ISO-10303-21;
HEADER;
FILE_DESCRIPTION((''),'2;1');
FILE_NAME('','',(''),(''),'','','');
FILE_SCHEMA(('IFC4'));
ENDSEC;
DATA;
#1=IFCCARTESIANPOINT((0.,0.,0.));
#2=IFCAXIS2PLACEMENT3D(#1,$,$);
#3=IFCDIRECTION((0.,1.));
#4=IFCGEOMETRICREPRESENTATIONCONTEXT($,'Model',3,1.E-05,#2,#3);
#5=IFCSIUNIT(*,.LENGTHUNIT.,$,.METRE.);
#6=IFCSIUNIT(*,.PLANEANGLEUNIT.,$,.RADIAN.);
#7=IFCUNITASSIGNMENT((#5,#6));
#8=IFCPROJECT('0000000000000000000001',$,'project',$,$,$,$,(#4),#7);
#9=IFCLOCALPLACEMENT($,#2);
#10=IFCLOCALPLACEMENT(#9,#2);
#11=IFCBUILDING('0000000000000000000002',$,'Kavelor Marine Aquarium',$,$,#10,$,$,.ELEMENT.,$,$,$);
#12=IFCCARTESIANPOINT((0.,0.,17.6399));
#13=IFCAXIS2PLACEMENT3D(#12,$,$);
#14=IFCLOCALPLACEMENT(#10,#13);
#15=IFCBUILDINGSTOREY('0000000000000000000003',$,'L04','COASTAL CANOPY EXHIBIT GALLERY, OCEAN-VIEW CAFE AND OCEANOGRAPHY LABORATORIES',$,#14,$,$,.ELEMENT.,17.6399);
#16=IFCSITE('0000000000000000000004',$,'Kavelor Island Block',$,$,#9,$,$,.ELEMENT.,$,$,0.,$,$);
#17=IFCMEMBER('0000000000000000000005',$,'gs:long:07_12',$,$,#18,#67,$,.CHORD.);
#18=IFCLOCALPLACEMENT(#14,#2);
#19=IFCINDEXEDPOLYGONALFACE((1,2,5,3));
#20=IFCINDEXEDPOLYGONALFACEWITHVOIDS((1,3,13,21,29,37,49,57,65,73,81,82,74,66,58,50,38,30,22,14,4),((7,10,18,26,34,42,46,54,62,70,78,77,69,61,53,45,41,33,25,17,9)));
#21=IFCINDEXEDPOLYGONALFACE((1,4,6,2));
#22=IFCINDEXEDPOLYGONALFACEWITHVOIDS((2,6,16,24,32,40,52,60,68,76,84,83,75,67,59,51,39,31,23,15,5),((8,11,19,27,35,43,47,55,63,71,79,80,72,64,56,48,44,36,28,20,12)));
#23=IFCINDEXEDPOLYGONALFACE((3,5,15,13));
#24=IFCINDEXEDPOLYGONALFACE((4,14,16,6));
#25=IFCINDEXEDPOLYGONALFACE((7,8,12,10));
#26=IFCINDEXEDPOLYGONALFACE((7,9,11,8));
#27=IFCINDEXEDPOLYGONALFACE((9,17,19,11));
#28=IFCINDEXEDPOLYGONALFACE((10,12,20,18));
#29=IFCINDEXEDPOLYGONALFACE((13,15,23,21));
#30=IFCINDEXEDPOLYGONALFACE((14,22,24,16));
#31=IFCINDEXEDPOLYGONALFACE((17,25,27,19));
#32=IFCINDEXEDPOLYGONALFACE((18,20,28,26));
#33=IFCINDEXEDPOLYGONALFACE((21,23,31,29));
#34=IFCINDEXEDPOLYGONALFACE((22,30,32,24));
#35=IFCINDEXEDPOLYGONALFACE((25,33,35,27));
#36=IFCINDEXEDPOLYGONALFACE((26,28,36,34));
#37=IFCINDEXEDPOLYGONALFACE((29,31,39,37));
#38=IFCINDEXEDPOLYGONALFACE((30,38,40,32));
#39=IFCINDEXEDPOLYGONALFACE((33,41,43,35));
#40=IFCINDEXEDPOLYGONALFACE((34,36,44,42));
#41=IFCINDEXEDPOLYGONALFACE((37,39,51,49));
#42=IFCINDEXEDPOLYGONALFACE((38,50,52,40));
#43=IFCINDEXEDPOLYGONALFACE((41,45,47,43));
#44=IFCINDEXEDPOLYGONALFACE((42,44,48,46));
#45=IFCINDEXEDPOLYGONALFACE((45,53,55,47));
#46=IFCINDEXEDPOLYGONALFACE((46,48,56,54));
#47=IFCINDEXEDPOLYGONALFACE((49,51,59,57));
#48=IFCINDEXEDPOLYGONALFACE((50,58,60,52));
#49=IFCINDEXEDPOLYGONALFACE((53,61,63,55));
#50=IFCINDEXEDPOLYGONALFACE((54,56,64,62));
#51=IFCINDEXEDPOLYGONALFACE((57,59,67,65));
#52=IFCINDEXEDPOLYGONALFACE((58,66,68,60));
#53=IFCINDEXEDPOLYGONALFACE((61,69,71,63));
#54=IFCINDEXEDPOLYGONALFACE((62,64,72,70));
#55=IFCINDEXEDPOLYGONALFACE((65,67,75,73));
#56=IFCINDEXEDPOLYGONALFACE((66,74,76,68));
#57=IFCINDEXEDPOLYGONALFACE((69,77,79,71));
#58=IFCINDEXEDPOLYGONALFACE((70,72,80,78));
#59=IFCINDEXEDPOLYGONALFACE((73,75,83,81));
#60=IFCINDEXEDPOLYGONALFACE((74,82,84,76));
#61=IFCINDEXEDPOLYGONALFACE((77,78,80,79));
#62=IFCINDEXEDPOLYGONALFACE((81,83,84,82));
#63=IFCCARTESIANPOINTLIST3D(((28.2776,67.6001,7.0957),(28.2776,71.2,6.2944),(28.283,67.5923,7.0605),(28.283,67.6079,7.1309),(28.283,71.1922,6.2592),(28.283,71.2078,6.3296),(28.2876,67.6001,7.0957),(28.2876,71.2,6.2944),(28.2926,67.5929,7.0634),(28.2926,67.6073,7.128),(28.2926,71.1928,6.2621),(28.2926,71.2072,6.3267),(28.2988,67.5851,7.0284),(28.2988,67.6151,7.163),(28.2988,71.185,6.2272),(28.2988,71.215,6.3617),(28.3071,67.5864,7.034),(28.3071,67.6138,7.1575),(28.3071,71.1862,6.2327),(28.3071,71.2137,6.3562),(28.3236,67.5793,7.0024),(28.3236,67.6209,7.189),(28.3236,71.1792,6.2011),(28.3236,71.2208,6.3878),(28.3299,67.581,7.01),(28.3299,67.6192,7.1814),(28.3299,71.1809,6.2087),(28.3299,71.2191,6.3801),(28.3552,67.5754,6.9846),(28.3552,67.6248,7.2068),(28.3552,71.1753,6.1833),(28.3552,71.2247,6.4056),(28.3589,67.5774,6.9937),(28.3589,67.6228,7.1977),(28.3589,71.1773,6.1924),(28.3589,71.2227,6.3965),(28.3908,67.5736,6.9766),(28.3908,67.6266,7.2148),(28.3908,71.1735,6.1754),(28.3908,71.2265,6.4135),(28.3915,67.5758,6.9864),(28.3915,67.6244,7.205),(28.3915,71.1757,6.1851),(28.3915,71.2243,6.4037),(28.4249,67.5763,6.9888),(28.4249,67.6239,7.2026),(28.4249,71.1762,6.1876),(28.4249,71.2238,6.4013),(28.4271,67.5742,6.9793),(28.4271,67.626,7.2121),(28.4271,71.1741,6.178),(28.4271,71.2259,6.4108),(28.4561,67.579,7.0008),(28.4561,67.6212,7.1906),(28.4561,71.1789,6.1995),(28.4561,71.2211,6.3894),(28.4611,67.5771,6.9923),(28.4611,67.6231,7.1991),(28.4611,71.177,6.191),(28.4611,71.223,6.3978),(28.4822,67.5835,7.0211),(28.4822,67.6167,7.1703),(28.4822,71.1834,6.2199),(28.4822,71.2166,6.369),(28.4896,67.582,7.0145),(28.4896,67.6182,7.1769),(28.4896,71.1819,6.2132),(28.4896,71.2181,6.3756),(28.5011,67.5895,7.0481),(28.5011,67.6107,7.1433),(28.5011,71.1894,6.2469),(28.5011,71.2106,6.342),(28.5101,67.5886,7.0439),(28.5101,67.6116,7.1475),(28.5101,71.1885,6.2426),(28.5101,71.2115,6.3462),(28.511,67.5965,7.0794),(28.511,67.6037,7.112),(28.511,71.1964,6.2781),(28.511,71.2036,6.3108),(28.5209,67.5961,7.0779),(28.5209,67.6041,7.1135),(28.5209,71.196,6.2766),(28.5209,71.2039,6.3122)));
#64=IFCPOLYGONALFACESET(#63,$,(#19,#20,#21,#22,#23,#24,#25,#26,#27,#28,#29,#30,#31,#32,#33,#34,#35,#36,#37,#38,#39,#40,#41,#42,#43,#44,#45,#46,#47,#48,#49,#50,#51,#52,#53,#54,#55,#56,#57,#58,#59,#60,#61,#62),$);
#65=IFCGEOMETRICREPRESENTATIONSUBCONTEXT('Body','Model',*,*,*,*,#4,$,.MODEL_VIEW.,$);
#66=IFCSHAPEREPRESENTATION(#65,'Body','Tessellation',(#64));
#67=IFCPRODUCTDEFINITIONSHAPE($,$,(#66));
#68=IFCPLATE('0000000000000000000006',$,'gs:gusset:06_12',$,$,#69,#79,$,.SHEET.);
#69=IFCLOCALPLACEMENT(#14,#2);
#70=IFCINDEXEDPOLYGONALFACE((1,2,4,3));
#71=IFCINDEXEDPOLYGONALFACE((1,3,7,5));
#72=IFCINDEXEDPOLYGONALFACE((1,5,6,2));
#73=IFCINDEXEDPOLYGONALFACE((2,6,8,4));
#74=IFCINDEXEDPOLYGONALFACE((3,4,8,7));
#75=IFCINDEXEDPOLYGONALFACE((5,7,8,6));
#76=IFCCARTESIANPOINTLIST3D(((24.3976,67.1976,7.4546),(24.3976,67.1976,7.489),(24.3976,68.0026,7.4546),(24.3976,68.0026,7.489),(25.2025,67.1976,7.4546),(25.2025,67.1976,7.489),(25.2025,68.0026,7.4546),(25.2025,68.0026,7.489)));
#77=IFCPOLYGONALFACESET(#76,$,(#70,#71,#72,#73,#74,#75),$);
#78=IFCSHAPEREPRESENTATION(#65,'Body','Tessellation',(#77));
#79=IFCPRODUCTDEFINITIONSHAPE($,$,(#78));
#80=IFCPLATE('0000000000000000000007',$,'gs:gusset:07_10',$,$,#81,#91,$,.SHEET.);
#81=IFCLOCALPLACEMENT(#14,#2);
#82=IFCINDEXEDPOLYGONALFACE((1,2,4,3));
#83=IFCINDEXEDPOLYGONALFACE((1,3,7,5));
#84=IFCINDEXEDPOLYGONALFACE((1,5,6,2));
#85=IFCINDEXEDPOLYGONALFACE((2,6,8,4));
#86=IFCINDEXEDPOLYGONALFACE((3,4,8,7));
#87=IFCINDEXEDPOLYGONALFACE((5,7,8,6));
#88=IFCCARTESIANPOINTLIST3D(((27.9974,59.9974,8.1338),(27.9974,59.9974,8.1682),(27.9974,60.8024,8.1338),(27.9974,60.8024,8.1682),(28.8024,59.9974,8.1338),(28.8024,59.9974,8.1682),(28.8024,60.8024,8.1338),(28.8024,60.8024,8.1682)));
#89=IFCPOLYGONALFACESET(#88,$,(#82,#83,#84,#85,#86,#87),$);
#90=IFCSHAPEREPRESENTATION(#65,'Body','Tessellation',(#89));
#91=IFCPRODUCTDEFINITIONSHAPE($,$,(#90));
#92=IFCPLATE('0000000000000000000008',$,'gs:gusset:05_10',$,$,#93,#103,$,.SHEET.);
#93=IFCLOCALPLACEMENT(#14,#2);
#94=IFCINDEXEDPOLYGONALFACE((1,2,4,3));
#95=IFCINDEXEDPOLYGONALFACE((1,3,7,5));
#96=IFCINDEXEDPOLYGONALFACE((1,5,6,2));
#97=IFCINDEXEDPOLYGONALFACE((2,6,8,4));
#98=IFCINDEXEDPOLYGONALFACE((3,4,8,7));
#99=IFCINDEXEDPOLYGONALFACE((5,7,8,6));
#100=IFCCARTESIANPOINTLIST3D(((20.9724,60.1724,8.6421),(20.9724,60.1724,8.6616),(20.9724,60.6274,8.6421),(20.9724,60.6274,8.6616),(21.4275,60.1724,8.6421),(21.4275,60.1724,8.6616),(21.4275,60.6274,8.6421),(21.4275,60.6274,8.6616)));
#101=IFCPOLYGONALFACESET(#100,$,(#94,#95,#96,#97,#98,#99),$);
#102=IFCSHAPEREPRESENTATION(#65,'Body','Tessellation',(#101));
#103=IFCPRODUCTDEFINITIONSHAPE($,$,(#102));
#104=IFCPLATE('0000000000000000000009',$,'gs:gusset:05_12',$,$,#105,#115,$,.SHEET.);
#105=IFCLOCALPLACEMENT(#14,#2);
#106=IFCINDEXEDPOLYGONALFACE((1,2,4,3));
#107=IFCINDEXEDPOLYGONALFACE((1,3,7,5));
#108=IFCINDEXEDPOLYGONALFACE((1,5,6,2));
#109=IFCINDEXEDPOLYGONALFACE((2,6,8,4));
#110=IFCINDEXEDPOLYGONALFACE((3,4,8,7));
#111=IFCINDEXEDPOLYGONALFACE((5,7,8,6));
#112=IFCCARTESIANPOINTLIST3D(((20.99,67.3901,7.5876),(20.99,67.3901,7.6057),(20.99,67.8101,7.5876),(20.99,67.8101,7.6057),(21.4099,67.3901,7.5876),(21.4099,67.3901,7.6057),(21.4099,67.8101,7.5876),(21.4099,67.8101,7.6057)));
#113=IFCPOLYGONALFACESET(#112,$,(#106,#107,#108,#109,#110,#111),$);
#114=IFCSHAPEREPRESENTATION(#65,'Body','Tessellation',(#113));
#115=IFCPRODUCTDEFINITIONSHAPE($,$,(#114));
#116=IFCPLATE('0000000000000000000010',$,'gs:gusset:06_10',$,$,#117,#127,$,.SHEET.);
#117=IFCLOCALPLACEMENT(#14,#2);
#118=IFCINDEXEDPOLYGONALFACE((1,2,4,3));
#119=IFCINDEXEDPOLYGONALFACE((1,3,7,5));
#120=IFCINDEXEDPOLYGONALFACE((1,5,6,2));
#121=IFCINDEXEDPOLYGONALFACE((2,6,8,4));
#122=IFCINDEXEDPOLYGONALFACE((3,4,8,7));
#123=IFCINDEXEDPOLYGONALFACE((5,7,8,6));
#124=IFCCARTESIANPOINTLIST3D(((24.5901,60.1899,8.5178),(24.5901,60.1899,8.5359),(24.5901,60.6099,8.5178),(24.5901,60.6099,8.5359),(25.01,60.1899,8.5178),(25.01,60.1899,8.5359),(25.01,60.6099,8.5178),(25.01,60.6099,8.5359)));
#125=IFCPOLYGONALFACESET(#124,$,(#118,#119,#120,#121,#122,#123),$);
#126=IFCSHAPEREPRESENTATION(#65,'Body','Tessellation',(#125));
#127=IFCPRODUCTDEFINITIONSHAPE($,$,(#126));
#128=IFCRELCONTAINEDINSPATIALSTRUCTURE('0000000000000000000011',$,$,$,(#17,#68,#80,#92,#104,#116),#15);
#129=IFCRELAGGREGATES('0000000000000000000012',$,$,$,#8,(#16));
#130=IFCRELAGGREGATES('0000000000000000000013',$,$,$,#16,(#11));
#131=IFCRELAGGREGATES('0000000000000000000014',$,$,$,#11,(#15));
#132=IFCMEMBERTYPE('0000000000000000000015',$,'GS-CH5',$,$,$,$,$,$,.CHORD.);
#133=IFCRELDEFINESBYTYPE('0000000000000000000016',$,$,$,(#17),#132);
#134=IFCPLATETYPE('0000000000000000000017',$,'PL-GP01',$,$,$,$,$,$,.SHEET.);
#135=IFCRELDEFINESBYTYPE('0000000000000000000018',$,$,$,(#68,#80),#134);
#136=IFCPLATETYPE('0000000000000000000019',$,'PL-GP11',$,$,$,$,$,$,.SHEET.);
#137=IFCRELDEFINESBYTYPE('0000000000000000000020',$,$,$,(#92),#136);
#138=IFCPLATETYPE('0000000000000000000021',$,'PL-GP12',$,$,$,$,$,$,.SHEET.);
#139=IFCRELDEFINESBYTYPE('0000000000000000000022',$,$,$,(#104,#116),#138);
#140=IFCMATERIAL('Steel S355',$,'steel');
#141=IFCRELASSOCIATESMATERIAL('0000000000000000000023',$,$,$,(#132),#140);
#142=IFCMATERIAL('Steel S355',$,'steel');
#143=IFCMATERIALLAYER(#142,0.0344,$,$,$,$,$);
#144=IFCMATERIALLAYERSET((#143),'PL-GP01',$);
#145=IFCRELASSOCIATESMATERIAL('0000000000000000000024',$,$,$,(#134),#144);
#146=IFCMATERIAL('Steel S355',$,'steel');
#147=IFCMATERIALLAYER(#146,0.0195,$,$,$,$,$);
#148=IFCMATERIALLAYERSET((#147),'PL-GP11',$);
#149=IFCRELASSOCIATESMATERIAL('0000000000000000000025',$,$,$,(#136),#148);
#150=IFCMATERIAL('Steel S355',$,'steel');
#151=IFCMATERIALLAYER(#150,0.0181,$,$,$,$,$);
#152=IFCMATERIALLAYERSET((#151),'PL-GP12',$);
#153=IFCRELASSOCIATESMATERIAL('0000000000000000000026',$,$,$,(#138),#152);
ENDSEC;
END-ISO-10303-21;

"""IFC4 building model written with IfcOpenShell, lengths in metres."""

from ifc_helpers import new_model, si_unit, direction, frame, origin, origin_2d, place, context, subcontext, project, spatial, rectangle, hollow_circle, extrude, material, layer, layer_set, material_profile, profile_set, type_object, element, save


model = new_model("IFC4")

# Units and contexts
model_context = context("Model", 3, precision=1e-05, world=origin(), true_north=direction((0.0, 1.0)))
body_context = subcontext(model_context, "Body", "Model", "MODEL_VIEW")
ifc_project = project(units=[si_unit("LENGTHUNIT", "METRE"), si_unit("PLANEANGLEUNIT", "RADIAN")], contexts=[model_context])

# Site, building, storey
site_placement = place(None, origin())
site = spatial("IfcSite", under=ifc_project, at=site_placement, Name="Kavelor Island Block", CompositionType="ELEMENT", RefElevation=0.0)
building_placement = place(site_placement, origin())
building = spatial("IfcBuilding", under=site, at=building_placement, Name="Kavelor Marine Aquarium", CompositionType="ELEMENT")
storey_placement = place(building_placement, frame((0.0, 0.0, 17.6399)))
storey = spatial("IfcBuildingStorey", under=building, at=storey_placement, Name="L04", Description="COASTAL CANOPY EXHIBIT GALLERY, OCEAN-VIEW CAFE AND OCEANOGRAPHY LABORATORIES", CompositionType="ELEMENT", Elevation=17.6399)

# Member
ifc_material_1 = material(Name="Steel S355", Category="steel")
ifc_material_profile_1 = material_profile(ifc_material_1, hollow_circle(Radius=0.1223, WallThickness=0.01, at=origin_2d()), Name="CHS 244.5x10.0")
ifc_profile_set_1 = profile_set([ifc_material_profile_1], Name="Steel S355")
member_type_1 = type_object("IfcMemberType", Name="GS-CH5", PredefinedType="CHORD", material=ifc_profile_set_1)
member_1_placement = place(storey_placement, frame((28.3999, 67.6001, 7.0957), z_axis=(0.0, 0.976112, -0.217267), x_axis=(-1.0, 0.0, 0.0)))
element("IfcMember", 1, at=member_1_placement, inside=storey, type_object=member_type_1, Name="gs:long:07_12", PredefinedType="CHORD", context=body_context, shape_type="SweptSolid", body=[
    extrude(hollow_circle(Radius=0.1223, WallThickness=0.01, at=origin_2d()), origin(), (0.0, 0.0, 1.0), 3.688),
])

# Plates
ifc_material_2 = material(Name="Steel S355", Category="steel")
ifc_layer_1 = layer(ifc_material_2, 0.0344)
ifc_layer_set_1 = layer_set([ifc_layer_1], Name="PL-GP01")
plate_type_1 = type_object("IfcPlateType", Name="PL-GP01", PredefinedType="SHEET", material=ifc_layer_set_1)
for number, where, z_axis, x_axis, name in (
    (2, (24.8, 67.6001, 7.4546), (0.0, 0.0, 1.0), (1.0, 0.0, 0.0), "gs:gusset:06_12"),
    (3, (28.3999, 60.3999, 8.1338), (0.0, 0.0, 1.0), (1.0, 0.0, 0.0), "gs:gusset:07_10"),
):
    element("IfcPlate", number, at=place(storey_placement, frame(where, z_axis=z_axis, x_axis=x_axis)), inside=storey, type_object=plate_type_1, Name=name, PredefinedType="SHEET", context=body_context, shape_type="SweptSolid", body=[
        extrude(rectangle(XDim=0.8049, YDim=0.8049, at=origin_2d()), origin(), (0.0, 0.0, 1.0), 0.0344),
    ])
ifc_material_3 = material(Name="Steel S355", Category="steel")
ifc_layer_2 = layer(ifc_material_3, 0.0195)
ifc_layer_set_2 = layer_set([ifc_layer_2], Name="PL-GP11")
plate_type_2 = type_object("IfcPlateType", Name="PL-GP11", PredefinedType="SHEET", material=ifc_layer_set_2)
plate_placement = place(storey_placement, frame((21.2, 60.3999, 8.6421), z_axis=(0.0, 0.0, 1.0), x_axis=(1.0, 0.0, 0.0)))
element("IfcPlate", 4, at=plate_placement, inside=storey, type_object=plate_type_2, Name="gs:gusset:05_10", PredefinedType="SHEET", context=body_context, shape_type="SweptSolid", body=[
    extrude(rectangle(XDim=0.4551, YDim=0.4551, at=origin_2d()), origin(), (0.0, 0.0, 1.0), 0.0195),
])
ifc_material_4 = material(Name="Steel S355", Category="steel")
ifc_layer_3 = layer(ifc_material_4, 0.0181)
ifc_layer_set_3 = layer_set([ifc_layer_3], Name="PL-GP12")
plate_type_3 = type_object("IfcPlateType", Name="PL-GP12", PredefinedType="SHEET", material=ifc_layer_set_3)
for number, where, z_axis, x_axis, name in (
    (5, (21.2, 67.6001, 7.5876), (0.0, 0.0, 1.0), (1.0, 0.0, 0.0), "gs:gusset:05_12"),
    (6, (24.8, 60.3999, 8.5178), (0.0, 0.0, 1.0), (1.0, 0.0, 0.0), "gs:gusset:06_10"),
):
    element("IfcPlate", number, at=place(storey_placement, frame(where, z_axis=z_axis, x_axis=x_axis)), inside=storey, type_object=plate_type_3, Name=name, PredefinedType="SHEET", context=body_context, shape_type="SweptSolid", body=[
        extrude(rectangle(XDim=0.4199, YDim=0.4199, at=origin_2d()), origin(), (0.0, 0.0, 1.0), 0.0181),
    ])

save(model, "model.ifc")
